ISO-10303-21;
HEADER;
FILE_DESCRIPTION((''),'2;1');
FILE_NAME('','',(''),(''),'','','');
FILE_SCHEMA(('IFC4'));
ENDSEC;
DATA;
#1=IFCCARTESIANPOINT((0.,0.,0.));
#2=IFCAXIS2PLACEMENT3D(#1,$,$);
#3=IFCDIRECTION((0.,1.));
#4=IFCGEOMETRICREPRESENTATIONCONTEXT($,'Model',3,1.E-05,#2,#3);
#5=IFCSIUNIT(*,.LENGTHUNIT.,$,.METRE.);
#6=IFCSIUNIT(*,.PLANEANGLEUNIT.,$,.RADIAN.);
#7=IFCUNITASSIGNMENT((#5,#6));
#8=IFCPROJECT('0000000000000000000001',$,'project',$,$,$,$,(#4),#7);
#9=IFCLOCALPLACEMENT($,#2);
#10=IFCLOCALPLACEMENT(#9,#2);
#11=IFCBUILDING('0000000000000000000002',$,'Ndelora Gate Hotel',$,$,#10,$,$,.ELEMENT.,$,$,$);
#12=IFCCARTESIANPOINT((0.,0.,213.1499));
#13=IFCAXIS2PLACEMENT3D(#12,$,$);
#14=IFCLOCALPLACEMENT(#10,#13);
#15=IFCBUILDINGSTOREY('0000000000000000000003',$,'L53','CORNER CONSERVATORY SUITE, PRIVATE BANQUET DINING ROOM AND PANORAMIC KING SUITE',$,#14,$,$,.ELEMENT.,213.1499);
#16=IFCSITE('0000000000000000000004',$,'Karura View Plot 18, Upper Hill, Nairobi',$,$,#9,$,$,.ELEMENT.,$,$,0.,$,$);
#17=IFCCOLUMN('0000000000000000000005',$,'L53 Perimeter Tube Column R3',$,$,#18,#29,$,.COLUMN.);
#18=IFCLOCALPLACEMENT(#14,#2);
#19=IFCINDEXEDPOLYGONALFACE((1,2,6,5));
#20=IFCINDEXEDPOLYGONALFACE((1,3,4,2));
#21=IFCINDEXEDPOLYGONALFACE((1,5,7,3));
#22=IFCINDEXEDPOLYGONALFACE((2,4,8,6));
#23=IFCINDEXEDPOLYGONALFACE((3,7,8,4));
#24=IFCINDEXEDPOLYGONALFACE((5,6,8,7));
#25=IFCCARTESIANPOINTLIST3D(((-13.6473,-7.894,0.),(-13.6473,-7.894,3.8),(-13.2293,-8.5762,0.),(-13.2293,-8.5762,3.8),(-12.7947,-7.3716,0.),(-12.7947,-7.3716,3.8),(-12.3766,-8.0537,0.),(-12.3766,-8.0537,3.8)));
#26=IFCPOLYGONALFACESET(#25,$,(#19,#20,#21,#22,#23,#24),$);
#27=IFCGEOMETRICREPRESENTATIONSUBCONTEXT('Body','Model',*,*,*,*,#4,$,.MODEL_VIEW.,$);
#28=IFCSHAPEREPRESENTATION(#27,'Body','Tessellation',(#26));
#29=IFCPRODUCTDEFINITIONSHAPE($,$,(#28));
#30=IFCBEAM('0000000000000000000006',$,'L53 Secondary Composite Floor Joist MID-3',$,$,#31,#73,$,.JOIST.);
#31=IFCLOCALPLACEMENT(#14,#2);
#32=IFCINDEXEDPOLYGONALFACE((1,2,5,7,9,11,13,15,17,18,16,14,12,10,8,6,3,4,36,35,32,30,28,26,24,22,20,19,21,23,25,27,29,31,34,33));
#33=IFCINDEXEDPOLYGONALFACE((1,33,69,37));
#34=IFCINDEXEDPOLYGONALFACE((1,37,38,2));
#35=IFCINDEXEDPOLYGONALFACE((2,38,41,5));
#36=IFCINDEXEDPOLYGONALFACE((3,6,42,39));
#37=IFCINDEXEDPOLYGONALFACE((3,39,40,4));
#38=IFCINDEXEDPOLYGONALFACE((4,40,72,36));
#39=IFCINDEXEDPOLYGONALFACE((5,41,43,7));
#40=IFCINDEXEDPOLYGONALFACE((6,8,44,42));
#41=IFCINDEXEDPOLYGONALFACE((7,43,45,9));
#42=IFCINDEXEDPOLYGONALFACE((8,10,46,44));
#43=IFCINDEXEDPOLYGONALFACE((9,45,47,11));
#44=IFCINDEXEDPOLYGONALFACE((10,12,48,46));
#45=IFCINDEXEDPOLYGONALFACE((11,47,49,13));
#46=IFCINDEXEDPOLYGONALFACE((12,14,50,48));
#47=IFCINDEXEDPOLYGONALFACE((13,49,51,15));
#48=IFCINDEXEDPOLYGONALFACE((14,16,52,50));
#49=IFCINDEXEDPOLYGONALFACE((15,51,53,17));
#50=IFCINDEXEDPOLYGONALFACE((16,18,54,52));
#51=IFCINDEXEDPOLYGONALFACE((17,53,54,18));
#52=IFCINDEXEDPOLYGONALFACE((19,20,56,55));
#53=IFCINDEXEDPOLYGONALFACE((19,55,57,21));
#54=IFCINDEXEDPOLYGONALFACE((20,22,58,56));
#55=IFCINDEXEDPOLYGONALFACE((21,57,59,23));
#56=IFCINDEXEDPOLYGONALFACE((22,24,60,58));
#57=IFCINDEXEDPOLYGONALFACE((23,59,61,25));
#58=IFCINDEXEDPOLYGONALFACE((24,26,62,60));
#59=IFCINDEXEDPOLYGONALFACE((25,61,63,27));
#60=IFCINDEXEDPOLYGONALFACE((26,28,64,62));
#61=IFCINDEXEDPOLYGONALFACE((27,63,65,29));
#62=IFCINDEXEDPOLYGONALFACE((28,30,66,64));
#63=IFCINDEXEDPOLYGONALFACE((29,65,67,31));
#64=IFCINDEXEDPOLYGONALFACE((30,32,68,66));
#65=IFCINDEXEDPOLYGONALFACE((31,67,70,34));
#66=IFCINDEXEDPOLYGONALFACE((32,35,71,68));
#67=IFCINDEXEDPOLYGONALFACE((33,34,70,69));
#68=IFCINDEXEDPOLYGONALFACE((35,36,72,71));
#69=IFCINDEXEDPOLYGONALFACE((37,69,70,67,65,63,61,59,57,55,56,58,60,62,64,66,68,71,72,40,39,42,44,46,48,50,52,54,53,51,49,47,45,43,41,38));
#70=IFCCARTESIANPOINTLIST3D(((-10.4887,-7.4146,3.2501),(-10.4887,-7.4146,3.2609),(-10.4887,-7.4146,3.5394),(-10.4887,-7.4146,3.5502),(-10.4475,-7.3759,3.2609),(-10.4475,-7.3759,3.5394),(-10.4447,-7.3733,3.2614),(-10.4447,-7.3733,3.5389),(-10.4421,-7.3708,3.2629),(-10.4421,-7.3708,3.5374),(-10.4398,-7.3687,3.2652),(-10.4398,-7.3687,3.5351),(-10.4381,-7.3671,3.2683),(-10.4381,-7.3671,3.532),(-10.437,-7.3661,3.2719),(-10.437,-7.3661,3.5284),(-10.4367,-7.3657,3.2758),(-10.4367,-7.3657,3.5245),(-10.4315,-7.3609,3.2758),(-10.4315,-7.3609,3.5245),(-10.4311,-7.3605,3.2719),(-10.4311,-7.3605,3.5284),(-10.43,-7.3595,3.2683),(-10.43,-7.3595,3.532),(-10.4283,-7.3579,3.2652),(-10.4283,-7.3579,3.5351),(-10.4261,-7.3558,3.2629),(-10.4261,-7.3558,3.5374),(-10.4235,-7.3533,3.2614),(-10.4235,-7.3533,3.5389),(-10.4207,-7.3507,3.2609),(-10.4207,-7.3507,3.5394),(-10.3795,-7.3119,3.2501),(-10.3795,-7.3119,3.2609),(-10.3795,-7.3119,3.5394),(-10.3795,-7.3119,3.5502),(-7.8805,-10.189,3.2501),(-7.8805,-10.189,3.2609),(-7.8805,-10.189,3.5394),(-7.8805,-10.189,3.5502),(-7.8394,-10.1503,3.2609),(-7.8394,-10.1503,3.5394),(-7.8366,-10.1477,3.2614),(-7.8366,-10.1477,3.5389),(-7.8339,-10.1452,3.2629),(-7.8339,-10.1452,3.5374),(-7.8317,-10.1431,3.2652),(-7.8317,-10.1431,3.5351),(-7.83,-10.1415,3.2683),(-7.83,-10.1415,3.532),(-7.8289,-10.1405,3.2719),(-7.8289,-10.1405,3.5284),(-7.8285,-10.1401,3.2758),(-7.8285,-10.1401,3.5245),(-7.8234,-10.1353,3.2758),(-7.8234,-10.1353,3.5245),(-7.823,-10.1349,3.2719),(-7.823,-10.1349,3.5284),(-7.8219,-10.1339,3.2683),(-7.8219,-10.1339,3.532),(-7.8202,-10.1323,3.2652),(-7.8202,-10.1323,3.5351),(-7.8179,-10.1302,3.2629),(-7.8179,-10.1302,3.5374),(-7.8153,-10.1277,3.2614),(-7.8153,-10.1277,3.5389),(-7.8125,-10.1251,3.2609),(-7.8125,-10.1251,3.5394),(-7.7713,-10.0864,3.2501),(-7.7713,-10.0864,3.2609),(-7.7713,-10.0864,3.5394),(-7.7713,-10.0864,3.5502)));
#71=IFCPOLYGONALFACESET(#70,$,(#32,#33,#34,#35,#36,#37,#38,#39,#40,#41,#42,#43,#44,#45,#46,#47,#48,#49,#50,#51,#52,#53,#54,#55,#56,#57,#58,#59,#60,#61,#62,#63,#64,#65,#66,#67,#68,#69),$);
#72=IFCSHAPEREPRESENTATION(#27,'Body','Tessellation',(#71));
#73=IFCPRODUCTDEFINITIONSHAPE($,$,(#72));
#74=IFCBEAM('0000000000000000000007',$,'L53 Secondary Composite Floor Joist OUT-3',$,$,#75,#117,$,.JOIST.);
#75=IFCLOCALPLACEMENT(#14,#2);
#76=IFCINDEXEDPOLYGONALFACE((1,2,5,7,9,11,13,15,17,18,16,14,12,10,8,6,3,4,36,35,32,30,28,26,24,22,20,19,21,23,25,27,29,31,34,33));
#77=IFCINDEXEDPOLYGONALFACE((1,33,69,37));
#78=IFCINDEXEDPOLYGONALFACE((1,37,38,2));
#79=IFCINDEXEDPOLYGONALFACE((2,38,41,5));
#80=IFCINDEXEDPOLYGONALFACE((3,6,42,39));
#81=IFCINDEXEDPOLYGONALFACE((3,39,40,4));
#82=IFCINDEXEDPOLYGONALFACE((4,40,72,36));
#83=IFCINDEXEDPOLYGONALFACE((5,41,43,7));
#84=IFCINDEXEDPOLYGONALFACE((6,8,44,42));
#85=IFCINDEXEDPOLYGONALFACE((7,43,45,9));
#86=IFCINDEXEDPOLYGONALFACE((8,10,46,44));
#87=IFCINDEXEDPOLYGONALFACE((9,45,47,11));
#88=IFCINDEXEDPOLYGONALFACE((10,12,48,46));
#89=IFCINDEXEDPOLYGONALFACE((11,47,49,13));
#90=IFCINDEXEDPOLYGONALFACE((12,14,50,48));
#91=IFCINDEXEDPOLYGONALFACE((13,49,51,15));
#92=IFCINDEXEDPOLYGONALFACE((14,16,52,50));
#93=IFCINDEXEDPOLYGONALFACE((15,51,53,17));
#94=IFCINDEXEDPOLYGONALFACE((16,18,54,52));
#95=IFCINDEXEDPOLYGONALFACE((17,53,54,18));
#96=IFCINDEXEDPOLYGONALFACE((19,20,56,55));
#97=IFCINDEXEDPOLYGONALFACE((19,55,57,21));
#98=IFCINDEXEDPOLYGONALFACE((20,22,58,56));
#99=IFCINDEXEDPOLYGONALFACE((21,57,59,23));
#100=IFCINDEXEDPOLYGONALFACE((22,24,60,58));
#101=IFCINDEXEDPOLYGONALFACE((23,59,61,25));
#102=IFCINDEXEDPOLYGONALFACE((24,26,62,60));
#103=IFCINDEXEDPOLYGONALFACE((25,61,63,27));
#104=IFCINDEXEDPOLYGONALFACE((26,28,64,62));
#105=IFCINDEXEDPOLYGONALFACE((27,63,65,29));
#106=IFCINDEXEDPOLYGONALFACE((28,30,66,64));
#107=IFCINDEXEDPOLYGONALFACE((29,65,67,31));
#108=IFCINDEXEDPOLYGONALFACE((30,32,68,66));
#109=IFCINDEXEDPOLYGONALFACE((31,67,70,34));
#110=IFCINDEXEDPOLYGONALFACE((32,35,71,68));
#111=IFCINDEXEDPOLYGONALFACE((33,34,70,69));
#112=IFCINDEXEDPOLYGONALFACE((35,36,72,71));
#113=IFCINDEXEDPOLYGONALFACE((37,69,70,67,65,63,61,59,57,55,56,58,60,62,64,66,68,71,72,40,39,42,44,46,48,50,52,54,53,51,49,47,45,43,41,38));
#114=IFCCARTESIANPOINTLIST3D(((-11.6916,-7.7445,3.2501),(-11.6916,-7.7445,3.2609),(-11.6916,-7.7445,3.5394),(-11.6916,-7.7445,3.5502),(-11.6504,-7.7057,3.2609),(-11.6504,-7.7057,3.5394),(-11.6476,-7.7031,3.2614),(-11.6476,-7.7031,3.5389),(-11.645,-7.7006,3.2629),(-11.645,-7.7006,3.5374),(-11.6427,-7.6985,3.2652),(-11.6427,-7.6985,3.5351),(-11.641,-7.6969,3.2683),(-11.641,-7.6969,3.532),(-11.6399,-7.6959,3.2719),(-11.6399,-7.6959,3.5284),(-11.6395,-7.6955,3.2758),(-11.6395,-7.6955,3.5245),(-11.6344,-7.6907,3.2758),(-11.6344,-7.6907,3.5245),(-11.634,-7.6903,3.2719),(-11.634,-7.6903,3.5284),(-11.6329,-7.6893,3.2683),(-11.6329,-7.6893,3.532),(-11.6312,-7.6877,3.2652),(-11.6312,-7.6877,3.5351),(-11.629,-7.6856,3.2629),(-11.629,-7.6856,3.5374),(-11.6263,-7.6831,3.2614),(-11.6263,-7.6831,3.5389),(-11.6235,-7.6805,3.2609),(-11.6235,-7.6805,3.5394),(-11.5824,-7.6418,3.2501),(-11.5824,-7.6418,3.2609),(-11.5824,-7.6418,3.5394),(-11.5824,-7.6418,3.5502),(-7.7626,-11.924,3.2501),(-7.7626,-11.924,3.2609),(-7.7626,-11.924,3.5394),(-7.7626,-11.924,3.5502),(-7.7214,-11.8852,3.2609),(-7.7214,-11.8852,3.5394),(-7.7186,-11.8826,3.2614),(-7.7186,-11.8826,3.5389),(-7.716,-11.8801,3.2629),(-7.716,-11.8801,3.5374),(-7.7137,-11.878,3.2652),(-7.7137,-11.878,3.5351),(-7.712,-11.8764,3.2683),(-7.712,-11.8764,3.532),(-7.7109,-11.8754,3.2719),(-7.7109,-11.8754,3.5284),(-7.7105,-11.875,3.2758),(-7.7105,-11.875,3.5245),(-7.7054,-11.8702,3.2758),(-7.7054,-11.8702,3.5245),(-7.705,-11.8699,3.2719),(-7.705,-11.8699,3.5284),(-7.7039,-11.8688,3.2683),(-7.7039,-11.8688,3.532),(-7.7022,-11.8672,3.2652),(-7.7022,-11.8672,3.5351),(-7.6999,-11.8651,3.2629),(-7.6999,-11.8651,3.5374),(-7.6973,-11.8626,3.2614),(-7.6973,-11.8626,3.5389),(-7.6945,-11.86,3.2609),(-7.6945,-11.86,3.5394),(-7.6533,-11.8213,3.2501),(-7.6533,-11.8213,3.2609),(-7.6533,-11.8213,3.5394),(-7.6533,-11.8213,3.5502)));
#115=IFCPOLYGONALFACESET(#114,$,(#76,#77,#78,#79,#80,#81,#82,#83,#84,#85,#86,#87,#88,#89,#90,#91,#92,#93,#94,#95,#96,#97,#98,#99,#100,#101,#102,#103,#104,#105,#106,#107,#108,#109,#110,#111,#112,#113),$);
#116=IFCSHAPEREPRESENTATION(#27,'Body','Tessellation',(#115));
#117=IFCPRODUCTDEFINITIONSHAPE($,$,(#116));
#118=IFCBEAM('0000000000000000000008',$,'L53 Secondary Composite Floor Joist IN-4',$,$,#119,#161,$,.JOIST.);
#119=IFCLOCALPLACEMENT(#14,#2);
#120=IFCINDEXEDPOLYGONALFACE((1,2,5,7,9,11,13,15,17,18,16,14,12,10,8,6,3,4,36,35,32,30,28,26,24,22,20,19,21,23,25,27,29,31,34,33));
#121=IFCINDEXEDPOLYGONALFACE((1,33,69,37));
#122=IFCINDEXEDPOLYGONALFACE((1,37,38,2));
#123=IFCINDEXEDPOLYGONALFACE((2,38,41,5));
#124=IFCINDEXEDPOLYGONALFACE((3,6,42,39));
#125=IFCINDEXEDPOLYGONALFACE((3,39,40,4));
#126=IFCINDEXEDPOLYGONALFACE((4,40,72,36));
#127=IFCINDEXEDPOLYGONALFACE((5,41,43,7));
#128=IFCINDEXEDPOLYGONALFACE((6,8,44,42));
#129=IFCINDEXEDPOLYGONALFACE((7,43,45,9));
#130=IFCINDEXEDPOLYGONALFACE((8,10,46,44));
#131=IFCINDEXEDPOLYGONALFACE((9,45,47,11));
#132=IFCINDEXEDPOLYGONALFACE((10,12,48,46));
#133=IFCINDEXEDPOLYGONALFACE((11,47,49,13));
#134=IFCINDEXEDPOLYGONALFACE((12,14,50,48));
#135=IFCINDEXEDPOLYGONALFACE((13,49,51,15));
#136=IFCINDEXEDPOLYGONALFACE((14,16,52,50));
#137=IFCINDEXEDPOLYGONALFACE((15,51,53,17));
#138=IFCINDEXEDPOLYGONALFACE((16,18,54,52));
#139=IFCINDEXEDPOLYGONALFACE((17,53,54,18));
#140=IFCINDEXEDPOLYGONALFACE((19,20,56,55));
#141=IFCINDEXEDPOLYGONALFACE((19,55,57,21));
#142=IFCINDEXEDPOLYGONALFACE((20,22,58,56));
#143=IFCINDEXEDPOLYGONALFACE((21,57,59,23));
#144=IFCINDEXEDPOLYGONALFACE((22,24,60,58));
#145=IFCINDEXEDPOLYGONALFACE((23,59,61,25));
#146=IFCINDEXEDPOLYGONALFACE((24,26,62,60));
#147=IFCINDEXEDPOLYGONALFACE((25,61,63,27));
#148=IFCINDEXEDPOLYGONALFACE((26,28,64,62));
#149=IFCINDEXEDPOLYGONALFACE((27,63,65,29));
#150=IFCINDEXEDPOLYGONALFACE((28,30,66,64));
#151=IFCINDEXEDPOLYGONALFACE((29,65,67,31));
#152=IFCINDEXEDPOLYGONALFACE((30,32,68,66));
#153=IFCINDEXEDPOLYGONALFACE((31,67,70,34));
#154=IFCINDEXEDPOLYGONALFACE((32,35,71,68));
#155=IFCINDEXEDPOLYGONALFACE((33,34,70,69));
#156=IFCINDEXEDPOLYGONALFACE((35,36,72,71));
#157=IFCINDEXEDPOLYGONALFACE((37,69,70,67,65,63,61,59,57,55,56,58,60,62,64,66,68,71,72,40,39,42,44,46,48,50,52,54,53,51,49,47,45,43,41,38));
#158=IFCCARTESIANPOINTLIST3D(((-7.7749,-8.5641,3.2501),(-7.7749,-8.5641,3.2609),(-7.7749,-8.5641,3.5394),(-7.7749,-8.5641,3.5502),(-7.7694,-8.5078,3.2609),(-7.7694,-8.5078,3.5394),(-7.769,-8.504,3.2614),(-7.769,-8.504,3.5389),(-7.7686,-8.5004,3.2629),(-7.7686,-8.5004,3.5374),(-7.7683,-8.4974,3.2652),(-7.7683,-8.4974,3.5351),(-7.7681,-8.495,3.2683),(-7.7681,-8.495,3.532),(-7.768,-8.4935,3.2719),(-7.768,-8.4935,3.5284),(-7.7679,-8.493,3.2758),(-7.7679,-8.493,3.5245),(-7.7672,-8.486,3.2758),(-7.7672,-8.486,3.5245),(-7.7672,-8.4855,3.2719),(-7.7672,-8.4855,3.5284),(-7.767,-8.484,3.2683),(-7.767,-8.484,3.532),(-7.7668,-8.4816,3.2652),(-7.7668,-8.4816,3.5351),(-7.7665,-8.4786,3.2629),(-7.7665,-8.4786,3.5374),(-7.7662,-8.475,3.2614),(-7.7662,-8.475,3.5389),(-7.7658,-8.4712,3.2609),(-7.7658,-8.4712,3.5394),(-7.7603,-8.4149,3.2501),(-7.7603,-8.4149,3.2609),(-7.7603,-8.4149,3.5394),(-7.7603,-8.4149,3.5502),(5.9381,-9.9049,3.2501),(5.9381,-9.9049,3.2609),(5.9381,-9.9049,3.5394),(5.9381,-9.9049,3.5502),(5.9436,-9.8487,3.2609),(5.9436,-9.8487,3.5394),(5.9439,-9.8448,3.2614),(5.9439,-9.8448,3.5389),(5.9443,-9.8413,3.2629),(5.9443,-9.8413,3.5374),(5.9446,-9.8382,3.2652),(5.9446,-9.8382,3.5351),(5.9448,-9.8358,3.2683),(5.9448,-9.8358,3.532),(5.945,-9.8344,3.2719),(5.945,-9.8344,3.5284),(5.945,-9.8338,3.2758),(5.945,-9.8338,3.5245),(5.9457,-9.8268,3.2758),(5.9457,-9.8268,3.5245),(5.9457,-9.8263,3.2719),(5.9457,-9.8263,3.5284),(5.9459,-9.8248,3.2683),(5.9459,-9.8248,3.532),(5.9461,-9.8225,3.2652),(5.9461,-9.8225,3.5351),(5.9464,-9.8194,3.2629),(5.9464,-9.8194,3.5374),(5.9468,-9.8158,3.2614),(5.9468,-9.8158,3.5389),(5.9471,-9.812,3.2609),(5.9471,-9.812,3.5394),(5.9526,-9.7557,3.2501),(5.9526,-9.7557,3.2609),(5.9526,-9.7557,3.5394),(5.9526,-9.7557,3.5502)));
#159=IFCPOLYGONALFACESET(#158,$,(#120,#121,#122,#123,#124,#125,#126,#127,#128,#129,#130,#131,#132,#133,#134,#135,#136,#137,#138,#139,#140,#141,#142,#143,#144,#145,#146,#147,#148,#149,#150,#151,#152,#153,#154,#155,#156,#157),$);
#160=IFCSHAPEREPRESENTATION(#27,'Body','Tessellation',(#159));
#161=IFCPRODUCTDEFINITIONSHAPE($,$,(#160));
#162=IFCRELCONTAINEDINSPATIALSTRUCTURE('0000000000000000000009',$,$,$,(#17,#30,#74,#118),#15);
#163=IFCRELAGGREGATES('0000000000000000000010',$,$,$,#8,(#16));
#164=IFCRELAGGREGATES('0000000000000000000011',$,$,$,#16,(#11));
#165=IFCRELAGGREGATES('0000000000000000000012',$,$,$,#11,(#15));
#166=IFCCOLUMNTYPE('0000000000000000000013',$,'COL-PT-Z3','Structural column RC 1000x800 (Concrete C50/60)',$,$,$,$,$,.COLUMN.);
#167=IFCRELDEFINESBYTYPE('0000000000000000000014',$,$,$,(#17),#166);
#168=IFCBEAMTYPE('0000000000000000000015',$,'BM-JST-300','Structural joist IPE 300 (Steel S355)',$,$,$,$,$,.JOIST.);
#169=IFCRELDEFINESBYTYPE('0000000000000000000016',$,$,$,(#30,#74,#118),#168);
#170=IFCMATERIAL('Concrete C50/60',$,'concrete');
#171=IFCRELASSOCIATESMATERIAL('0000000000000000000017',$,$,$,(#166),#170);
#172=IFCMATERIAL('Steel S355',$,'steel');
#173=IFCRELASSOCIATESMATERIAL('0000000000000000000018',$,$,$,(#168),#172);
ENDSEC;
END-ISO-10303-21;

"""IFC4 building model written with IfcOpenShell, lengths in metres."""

from ifc_helpers import new_model, si_unit, direction, frame, origin, origin_2d, place, context, subcontext, project, spatial, rectangle, i_section, extrude, material, material_profile, profile_set, type_object, element, save


model = new_model("IFC4")

# Units and contexts
model_context = context("Model", 3, precision=1e-05, world=origin(), true_north=direction((0.0, 1.0)))
body_context = subcontext(model_context, "Body", "Model", "MODEL_VIEW")
ifc_project = project(units=[si_unit("LENGTHUNIT", "METRE"), si_unit("PLANEANGLEUNIT", "RADIAN")], contexts=[model_context])

# Site, building, storey
site_placement = place(None, origin())
site = spatial("IfcSite", under=ifc_project, at=site_placement, Name="Karura View Plot 18, Upper Hill, Nairobi", CompositionType="ELEMENT", RefElevation=0.0)
building_placement = place(site_placement, origin())
building = spatial("IfcBuilding", under=site, at=building_placement, Name="Ndelora Gate Hotel", CompositionType="ELEMENT")
storey_placement = place(building_placement, frame((0.0, 0.0, 213.1499)))
storey = spatial("IfcBuildingStorey", under=building, at=storey_placement, Name="L53", Description="CORNER CONSERVATORY SUITE, PRIVATE BANQUET DINING ROOM AND PANORAMIC KING SUITE", CompositionType="ELEMENT", Elevation=213.1499)

# Column
ifc_material_1 = material(Name="Concrete C50/60", Category="concrete")
ifc_material_profile_1 = material_profile(ifc_material_1, rectangle(XDim=0.8, YDim=1.0, at=origin_2d()), Name="RC 1000x800")
ifc_profile_set_1 = profile_set([ifc_material_profile_1], Name="Concrete C50/60")
column_type = type_object("IfcColumnType", Name="COL-PT-Z3", Description="Structural column RC 1000x800 (Concrete C50/60)", PredefinedType="COLUMN", material=ifc_profile_set_1)
column_placement = place(storey_placement, frame((-13.012, -7.9739, 0.0), z_axis=(0.0, 0.0, 1.0), x_axis=(-0.522499, 0.85264, 0.0)))
element("IfcColumn", 1, at=column_placement, inside=storey, type_object=column_type, Name="L53 Perimeter Tube Column R3", PredefinedType="COLUMN", context=body_context, shape_type="SweptSolid", body=[
    extrude(rectangle(XDim=0.8, YDim=1.0, at=origin_2d()), origin(), (0.0, 0.0, 1.0), 3.8),
])

# Beams
ifc_material_2 = material(Name="Steel S355", Category="steel")
ifc_material_profile_2 = material_profile(ifc_material_2, i_section(OverallWidth=0.1499, OverallDepth=0.3, WebThickness=0.0071, FlangeThickness=0.0107, FilletRadius=0.0149, at=origin_2d()), Name="IPE 300")
ifc_profile_set_2 = profile_set([ifc_material_profile_2], Name="Steel S355")
beam_type_1 = type_object("IfcBeamType", Name="BM-JST-300", Description="Structural joist IPE 300 (Steel S355)", PredefinedType="JOIST", material=ifc_profile_set_2)
beam_1_placement = place(storey_placement, frame((-10.4341, -7.3633, 3.4001), z_axis=(0.684939, -0.728601, 0.0), x_axis=(0.728601, 0.684939, 0.0)))
element("IfcBeam", 2, at=beam_1_placement, inside=storey, type_object=beam_type_1, Name="L53 Secondary Composite Floor Joist MID-3", PredefinedType="JOIST", context=body_context, shape_type="SweptSolid", body=[
    extrude(i_section(OverallWidth=0.1499, OverallDepth=0.3, WebThickness=0.0071, FlangeThickness=0.0107, FilletRadius=0.0149, at=origin_2d()), origin(), (0.0, 0.0, 1.0), 3.8079),
])
beam_2_placement = place(storey_placement, frame((-11.637, -7.6931, 3.4001), z_axis=(0.684936, -0.728603, 0.0), x_axis=(0.728603, 0.684936, 0.0)))
element("IfcBeam", 3, at=beam_2_placement, inside=storey, type_object=beam_type_1, Name="L53 Secondary Composite Floor Joist OUT-3", PredefinedType="JOIST", context=body_context, shape_type="SweptSolid", body=[
    extrude(i_section(OverallWidth=0.1499, OverallDepth=0.3, WebThickness=0.0071, FlangeThickness=0.0107, FilletRadius=0.0149, at=origin_2d()), origin(), (0.0, 0.0, 1.0), 5.7363),
])
beam_3_placement = place(storey_placement, frame((-7.7676, -8.4895, 3.4001), z_axis=(0.995254, -0.097314, 0.0), x_axis=(0.097314, 0.995254, 0.0)))
element("IfcBeam", 4, at=beam_3_placement, inside=storey, type_object=beam_type_1, Name="L53 Secondary Composite Floor Joist IN-4", PredefinedType="JOIST", context=body_context, shape_type="SweptSolid", body=[
    extrude(i_section(OverallWidth=0.1499, OverallDepth=0.3, WebThickness=0.0071, FlangeThickness=0.0107, FilletRadius=0.0149, at=origin_2d()), origin(), (0.0, 0.0, 1.0), 13.7783),
])

save(model, "model.ifc")
